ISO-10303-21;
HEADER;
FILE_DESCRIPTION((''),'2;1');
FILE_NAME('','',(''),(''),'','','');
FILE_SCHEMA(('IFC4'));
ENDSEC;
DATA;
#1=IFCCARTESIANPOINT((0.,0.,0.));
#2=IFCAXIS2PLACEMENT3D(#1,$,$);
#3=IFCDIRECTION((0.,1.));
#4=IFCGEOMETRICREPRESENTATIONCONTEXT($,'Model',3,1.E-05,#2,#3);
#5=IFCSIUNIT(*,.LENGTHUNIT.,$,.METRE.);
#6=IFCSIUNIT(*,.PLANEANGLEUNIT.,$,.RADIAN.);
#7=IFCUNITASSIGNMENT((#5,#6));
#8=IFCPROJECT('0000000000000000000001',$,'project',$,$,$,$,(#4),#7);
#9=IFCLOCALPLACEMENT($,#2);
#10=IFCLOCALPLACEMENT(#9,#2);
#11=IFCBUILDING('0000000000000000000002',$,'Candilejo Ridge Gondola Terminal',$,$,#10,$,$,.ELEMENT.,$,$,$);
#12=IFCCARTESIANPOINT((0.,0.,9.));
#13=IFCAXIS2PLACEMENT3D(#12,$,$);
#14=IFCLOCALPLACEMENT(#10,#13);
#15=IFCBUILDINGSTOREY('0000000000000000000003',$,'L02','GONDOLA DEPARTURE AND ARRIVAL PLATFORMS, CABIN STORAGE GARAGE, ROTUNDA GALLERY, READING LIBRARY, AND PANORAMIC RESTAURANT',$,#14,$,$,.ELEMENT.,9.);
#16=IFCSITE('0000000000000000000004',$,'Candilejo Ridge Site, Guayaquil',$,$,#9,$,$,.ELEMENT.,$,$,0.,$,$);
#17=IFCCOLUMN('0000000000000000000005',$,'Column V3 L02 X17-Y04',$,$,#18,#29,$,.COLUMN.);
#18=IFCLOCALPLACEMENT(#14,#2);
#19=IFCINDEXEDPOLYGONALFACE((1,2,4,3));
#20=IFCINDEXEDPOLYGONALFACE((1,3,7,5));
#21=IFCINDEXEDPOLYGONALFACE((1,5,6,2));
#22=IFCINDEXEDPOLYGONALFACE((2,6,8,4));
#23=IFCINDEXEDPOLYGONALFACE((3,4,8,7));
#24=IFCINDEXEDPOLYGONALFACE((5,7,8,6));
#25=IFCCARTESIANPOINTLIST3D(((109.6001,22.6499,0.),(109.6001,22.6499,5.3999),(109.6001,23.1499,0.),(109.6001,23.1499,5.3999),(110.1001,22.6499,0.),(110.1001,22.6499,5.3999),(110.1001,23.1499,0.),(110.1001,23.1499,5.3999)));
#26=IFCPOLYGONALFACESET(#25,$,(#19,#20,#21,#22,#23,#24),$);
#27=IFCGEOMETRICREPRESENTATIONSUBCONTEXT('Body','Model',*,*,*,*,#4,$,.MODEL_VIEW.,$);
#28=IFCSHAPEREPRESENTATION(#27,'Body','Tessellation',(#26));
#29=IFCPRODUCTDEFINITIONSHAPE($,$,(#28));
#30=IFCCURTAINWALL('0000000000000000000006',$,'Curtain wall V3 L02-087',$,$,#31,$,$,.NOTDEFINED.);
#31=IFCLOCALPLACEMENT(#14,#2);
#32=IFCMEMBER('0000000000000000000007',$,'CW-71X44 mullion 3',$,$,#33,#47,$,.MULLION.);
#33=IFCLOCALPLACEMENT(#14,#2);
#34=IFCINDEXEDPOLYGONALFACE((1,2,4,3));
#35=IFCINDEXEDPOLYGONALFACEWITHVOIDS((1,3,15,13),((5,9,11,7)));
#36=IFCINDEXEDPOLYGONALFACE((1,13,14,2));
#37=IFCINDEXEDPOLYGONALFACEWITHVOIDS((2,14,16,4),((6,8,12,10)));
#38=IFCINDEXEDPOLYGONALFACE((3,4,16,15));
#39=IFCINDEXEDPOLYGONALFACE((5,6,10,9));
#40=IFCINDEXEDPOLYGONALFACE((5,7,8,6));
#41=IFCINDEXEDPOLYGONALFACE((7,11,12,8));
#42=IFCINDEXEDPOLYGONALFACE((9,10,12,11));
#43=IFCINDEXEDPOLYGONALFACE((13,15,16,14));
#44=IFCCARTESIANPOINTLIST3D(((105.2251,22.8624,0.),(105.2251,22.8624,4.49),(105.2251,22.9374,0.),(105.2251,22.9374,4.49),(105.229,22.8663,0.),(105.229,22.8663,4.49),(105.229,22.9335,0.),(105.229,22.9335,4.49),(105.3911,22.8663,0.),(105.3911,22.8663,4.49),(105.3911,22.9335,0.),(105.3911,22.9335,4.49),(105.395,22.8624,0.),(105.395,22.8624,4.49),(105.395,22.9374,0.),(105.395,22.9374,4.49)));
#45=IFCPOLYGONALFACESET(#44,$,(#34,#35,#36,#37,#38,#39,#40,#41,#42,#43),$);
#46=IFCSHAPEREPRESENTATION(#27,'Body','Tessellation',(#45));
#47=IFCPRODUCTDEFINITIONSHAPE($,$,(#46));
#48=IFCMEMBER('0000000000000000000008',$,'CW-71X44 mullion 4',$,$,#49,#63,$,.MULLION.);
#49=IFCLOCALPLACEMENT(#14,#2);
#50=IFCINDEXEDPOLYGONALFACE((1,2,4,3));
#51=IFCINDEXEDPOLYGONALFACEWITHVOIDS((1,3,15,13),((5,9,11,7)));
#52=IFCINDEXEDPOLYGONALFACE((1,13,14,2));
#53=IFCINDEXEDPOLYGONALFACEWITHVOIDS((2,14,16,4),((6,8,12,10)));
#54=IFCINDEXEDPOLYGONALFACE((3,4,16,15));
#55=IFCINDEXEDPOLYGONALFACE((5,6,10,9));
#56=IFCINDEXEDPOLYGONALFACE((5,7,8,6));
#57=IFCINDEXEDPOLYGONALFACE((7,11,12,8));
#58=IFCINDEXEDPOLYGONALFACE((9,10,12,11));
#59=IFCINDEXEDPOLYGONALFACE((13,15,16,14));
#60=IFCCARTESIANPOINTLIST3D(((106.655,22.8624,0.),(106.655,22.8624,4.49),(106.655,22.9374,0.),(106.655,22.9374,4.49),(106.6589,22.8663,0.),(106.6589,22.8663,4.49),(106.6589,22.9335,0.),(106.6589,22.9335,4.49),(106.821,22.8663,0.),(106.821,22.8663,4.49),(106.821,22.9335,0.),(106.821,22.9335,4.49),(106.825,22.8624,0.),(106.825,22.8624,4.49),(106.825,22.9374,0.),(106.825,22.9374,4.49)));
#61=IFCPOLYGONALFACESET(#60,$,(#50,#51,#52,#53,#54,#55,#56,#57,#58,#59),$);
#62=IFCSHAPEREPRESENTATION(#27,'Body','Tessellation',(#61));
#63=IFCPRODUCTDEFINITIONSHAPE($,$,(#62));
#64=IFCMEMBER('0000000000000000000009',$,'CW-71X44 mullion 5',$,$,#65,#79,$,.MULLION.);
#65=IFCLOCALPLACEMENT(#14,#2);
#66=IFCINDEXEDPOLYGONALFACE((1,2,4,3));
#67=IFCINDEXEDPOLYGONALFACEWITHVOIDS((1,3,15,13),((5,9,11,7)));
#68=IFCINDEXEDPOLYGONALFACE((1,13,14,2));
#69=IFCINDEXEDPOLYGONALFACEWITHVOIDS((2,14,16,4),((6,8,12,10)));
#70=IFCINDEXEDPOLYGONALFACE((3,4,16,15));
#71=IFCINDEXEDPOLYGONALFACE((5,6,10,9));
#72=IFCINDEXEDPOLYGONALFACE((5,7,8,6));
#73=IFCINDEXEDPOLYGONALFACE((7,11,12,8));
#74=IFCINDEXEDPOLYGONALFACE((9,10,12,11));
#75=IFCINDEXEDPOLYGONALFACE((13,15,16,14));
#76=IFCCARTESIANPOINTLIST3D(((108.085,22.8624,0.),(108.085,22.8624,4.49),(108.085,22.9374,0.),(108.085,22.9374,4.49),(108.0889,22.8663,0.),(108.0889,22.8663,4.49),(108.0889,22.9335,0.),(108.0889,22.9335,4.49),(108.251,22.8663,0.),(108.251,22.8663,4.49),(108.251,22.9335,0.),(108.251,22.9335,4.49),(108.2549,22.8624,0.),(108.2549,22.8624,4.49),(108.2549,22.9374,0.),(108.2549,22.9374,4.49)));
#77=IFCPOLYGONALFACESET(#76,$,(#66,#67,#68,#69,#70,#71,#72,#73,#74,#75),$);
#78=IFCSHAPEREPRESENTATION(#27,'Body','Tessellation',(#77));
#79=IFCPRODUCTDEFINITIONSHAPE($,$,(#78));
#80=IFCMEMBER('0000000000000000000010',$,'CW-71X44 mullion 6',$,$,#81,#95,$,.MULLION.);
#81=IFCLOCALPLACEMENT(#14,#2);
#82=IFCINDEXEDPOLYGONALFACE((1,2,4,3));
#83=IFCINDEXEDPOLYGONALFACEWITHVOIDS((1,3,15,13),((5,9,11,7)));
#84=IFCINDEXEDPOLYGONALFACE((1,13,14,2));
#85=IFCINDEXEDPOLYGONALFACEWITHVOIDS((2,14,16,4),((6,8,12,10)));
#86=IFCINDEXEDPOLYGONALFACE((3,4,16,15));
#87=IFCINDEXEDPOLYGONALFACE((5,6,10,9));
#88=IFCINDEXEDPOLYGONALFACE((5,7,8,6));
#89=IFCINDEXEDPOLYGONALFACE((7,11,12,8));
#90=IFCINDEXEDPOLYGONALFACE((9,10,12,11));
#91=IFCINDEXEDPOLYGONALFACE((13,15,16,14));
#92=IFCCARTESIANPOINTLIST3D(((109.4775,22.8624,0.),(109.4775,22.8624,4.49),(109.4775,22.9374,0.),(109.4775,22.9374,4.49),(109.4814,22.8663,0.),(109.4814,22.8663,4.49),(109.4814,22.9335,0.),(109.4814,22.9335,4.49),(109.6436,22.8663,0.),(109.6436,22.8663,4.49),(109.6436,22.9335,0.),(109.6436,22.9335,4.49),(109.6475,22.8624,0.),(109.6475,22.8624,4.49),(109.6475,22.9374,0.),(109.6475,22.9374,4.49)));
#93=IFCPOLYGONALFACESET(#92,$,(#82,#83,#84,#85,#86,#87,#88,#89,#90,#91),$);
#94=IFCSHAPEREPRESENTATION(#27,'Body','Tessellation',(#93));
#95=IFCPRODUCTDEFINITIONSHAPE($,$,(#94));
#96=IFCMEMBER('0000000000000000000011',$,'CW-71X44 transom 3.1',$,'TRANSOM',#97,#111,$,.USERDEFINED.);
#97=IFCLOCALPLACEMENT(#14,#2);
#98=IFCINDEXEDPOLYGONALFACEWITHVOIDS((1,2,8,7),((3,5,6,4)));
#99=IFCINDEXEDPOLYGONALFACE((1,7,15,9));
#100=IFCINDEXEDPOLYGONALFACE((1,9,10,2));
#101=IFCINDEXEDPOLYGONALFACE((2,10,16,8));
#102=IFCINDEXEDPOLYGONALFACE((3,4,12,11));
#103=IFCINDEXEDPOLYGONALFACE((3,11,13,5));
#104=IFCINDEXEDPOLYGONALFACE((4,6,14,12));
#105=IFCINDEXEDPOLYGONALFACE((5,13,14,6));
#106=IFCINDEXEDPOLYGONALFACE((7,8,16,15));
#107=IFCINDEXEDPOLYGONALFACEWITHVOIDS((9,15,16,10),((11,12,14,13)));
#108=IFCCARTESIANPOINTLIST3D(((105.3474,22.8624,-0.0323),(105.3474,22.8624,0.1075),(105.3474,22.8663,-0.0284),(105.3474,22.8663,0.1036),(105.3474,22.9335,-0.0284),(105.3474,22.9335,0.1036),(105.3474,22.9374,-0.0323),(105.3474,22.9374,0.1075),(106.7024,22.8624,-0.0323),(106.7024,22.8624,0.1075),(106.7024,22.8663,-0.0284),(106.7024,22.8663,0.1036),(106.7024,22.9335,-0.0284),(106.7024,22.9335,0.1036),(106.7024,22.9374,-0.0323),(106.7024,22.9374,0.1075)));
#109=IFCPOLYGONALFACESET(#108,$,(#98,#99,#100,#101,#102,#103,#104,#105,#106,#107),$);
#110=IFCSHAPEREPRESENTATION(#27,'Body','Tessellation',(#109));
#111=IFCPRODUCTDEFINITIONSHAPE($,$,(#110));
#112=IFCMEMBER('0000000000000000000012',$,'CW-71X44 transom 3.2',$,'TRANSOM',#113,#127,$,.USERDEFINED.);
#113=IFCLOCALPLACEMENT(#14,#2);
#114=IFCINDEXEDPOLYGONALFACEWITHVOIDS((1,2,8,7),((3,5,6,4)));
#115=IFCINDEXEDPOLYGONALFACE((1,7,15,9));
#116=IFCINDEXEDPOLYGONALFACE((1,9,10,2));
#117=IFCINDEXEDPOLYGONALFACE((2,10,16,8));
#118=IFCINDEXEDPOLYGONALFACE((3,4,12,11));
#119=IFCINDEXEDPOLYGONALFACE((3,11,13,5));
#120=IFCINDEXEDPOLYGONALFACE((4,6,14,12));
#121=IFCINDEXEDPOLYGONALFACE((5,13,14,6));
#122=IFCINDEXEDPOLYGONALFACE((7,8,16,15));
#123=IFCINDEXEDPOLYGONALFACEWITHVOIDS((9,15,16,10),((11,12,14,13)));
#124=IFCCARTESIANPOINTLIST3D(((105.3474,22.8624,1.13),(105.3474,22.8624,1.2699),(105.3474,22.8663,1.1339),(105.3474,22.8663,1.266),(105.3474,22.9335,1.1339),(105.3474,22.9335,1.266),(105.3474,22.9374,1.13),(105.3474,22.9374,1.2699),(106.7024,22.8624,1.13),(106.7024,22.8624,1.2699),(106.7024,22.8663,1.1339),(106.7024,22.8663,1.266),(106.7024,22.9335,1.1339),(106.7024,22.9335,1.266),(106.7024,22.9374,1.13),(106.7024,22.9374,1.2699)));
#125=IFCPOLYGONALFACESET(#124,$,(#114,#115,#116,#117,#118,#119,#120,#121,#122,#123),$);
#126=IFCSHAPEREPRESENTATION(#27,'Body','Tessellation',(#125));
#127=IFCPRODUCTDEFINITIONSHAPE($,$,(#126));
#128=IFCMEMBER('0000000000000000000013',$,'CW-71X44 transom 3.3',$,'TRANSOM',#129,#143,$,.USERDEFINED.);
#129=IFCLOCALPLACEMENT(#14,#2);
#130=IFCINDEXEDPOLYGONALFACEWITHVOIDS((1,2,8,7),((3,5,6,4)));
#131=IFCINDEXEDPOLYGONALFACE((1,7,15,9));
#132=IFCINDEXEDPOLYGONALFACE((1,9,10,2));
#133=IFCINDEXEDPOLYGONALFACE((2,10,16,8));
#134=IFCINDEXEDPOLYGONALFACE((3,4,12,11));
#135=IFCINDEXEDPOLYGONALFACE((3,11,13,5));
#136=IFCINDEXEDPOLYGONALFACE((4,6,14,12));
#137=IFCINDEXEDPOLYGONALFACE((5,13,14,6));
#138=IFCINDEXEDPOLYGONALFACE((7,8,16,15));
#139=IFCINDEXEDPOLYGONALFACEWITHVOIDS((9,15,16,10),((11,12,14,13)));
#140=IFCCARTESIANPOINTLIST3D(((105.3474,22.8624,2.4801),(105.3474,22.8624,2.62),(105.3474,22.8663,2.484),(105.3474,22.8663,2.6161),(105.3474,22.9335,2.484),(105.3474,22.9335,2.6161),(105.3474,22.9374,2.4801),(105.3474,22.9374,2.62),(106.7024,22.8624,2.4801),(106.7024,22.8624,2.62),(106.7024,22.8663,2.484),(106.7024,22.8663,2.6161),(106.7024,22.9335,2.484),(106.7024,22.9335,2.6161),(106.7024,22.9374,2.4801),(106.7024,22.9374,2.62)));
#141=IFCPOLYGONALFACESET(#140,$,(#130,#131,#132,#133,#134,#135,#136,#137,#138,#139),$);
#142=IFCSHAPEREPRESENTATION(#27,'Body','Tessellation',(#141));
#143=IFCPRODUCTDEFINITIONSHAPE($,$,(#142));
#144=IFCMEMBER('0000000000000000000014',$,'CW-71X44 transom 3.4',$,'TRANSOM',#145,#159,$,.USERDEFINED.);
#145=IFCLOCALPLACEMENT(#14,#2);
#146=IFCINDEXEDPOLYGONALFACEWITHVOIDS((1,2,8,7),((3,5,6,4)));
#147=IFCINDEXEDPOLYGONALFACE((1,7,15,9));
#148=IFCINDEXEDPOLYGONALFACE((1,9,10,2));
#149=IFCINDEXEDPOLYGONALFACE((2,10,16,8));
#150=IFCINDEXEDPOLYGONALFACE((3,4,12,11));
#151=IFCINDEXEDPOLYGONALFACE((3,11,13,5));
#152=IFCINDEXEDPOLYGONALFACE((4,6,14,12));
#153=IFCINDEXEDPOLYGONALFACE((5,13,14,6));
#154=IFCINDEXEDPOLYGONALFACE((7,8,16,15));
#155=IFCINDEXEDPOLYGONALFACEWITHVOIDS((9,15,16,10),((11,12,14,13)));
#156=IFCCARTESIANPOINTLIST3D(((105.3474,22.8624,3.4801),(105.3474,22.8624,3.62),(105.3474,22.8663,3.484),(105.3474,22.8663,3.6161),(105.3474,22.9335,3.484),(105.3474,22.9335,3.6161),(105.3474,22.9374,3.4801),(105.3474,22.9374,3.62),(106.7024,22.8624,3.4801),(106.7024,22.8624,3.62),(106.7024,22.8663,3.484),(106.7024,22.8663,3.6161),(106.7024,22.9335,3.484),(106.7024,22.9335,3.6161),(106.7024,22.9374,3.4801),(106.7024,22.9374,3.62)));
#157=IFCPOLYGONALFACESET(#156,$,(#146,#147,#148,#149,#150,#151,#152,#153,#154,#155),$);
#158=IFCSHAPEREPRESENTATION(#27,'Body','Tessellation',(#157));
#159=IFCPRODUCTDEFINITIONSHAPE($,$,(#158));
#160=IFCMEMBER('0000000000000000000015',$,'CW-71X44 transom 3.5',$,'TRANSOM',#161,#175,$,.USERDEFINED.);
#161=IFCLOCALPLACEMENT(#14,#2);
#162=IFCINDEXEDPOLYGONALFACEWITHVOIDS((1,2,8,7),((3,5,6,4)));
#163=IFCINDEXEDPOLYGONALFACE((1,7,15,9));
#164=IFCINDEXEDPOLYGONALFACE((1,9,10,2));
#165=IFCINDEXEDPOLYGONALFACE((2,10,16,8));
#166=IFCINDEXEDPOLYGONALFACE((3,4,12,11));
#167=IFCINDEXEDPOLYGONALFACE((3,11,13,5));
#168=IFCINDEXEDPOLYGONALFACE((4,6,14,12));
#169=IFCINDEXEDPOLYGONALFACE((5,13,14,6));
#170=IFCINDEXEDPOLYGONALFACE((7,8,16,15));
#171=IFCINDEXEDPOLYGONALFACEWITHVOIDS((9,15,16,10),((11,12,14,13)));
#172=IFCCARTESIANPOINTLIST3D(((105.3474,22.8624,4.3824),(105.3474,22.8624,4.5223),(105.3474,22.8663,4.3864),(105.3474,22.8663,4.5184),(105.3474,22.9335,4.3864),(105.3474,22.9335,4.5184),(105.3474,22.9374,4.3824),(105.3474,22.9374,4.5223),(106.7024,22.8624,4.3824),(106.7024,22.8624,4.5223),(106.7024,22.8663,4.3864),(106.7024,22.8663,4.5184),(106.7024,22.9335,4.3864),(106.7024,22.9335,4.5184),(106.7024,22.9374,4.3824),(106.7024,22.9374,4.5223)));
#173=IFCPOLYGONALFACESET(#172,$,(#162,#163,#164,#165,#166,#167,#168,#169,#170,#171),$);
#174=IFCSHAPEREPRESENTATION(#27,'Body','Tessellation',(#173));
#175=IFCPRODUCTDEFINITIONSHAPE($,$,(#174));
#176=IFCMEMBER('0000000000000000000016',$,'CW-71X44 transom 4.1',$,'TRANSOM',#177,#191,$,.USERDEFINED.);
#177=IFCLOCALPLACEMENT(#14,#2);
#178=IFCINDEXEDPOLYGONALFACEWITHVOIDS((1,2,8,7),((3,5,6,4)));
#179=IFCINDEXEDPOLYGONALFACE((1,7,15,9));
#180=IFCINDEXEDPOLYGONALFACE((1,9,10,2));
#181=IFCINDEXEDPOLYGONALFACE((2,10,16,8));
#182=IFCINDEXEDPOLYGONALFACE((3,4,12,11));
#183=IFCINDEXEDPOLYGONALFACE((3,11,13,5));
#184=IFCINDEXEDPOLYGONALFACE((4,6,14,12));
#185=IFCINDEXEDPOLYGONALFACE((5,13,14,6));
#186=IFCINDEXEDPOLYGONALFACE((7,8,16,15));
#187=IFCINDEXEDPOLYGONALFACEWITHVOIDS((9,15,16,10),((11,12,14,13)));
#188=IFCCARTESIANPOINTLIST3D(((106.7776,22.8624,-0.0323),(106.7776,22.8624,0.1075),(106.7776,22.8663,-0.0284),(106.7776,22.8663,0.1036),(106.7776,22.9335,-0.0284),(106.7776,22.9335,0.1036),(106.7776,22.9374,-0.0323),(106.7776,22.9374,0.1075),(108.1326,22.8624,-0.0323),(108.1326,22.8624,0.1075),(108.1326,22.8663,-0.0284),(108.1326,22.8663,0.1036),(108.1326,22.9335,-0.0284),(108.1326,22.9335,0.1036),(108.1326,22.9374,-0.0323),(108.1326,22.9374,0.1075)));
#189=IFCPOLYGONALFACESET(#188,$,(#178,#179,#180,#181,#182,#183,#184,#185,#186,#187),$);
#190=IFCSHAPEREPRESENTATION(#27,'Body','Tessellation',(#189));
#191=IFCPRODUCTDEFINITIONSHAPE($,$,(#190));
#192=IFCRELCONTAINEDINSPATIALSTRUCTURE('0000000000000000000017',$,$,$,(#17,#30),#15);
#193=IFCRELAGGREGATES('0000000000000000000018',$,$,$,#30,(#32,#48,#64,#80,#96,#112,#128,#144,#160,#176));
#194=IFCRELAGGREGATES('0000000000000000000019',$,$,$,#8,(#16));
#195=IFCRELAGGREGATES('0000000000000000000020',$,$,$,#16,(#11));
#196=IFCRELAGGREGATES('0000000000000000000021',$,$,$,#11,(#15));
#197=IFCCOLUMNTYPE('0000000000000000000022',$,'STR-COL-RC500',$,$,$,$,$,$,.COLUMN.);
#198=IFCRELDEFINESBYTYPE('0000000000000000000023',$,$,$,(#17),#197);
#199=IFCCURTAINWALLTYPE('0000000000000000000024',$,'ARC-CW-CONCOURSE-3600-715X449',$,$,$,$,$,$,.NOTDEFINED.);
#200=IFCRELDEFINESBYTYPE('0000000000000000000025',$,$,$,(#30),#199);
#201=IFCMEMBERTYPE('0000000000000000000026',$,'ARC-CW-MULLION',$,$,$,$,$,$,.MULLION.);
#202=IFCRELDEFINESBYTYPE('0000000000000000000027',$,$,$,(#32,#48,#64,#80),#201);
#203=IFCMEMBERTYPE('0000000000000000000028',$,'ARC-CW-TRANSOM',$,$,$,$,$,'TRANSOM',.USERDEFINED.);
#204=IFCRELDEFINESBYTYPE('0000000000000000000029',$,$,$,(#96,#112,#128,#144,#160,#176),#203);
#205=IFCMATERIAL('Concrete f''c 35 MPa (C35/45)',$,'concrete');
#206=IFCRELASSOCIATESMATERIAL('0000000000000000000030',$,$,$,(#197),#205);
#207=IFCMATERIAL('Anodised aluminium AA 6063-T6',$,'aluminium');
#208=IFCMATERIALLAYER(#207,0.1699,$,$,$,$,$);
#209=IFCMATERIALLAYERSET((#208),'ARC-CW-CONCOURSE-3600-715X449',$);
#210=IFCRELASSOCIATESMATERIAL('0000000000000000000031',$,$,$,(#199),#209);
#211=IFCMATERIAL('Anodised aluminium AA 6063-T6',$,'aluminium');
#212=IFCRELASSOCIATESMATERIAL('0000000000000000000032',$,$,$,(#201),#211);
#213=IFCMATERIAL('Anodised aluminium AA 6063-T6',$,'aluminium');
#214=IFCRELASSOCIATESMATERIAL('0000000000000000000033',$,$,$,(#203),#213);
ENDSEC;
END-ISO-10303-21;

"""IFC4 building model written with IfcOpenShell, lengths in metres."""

from ifc_helpers import new_model, si_unit, direction, frame, origin, origin_2d, place, context, subcontext, project, spatial, rectangle, hollow_rectangle, extrude, material, layer, layer_set, material_profile, profile_set, type_object, element, aggregate, save


model = new_model("IFC4")

# Units and contexts
model_context = context("Model", 3, precision=1e-05, world=origin(), true_north=direction((0.0, 1.0)))
body_context = subcontext(model_context, "Body", "Model", "MODEL_VIEW")
ifc_project = project(units=[si_unit("LENGTHUNIT", "METRE"), si_unit("PLANEANGLEUNIT", "RADIAN")], contexts=[model_context])

# Site, building, storey
site_placement = place(None, origin())
site = spatial("IfcSite", under=ifc_project, at=site_placement, Name="Candilejo Ridge Site, Guayaquil", CompositionType="ELEMENT", RefElevation=0.0)
building_placement = place(site_placement, origin())
building = spatial("IfcBuilding", under=site, at=building_placement, Name="Candilejo Ridge Gondola Terminal", CompositionType="ELEMENT")
storey_placement = place(building_placement, frame((0.0, 0.0, 9.0)))
storey = spatial("IfcBuildingStorey", under=building, at=storey_placement, Name="L02", Description="GONDOLA DEPARTURE AND ARRIVAL PLATFORMS, CABIN STORAGE GARAGE, ROTUNDA GALLERY, READING LIBRARY, AND PANORAMIC RESTAURANT", CompositionType="ELEMENT", Elevation=9.0)

# Column
ifc_material_1 = material(Name="Concrete f'c 35 MPa (C35/45)", Category="concrete")
ifc_material_profile_1 = material_profile(ifc_material_1, rectangle(XDim=0.5, YDim=0.5, at=origin_2d()))
ifc_profile_set_1 = profile_set([ifc_material_profile_1], Name="Concrete f'c 35 MPa (C35/45)")
column_type = type_object("IfcColumnType", Name="STR-COL-RC500", PredefinedType="COLUMN", material=ifc_profile_set_1)
column_placement = place(storey_placement, frame((109.8501, 22.8999, 0.0), z_axis=(0.0, 0.0, 1.0), x_axis=(1.0, 0.0, 0.0)))
element("IfcColumn", 1, at=column_placement, inside=storey, type_object=column_type, Name="Column V3 L02 X17-Y04", PredefinedType="COLUMN", context=body_context, shape_type="SweptSolid", body=[
    extrude(rectangle(XDim=0.5, YDim=0.5, at=origin_2d()), origin(), (0.0, 0.0, 1.0), 5.3999),
])

# Curtain wall, members
ifc_material_2 = material(Name="Anodised aluminium AA 6063-T6", Category="aluminium")
ifc_layer_1 = layer(ifc_material_2, 0.1699)
ifc_layer_set_1 = layer_set([ifc_layer_1], Name="ARC-CW-CONCOURSE-3600-715X449")
curtain_wall_type = type_object("IfcCurtainWallType", Name="ARC-CW-CONCOURSE-3600-715X449", PredefinedType="NOTDEFINED", material=ifc_layer_set_1)
curtain_wall_placement = place(storey_placement, origin())
curtain_wall = element("IfcCurtainWall", 2, at=curtain_wall_placement, inside=storey, type_object=curtain_wall_type, Name="Curtain wall V3 L02-087", PredefinedType="NOTDEFINED")
ifc_material_3 = material(Name="Anodised aluminium AA 6063-T6", Category="aluminium")
ifc_material_profile_2 = material_profile(ifc_material_3, hollow_rectangle(XDim=0.075, YDim=0.1699, WallThickness=0.0039, at=origin_2d()))
ifc_profile_set_2 = profile_set([ifc_material_profile_2], Name="Anodised aluminium AA 6063-T6")
member_type_1 = type_object("IfcMemberType", Name="ARC-CW-MULLION", PredefinedType="MULLION", material=ifc_profile_set_2)
member_1_placement = place(storey_placement, frame((105.3101, 22.8999, 0.0), z_axis=(0.0, 0.0, 1.0), x_axis=(0.0, 1.0, 0.0)))
member_1 = element("IfcMember", 3, at=member_1_placement, type_object=member_type_1, Name="CW-71X44 mullion 3", PredefinedType="MULLION", context=body_context, shape_type="SweptSolid", body=[
    extrude(hollow_rectangle(XDim=0.075, YDim=0.1699, WallThickness=0.0039, at=origin_2d()), origin(), (0.0, 0.0, 1.0), 4.49),
])
member_2_placement = place(storey_placement, frame((106.74, 22.8999, 0.0), z_axis=(0.0, 0.0, 1.0), x_axis=(0.0, 1.0, 0.0)))
member_2 = element("IfcMember", 4, at=member_2_placement, type_object=member_type_1, Name="CW-71X44 mullion 4", PredefinedType="MULLION", context=body_context, shape_type="SweptSolid", body=[
    extrude(hollow_rectangle(XDim=0.075, YDim=0.1699, WallThickness=0.0039, at=origin_2d()), origin(), (0.0, 0.0, 1.0), 4.49),
])
member_3_placement = place(storey_placement, frame((108.1699, 22.8999, 0.0), z_axis=(0.0, 0.0, 1.0), x_axis=(0.0, 1.0, 0.0)))
member_3 = element("IfcMember", 5, at=member_3_placement, type_object=member_type_1, Name="CW-71X44 mullion 5", PredefinedType="MULLION", context=body_context, shape_type="SweptSolid", body=[
    extrude(hollow_rectangle(XDim=0.075, YDim=0.1699, WallThickness=0.0039, at=origin_2d()), origin(), (0.0, 0.0, 1.0), 4.49),
])
member_4_placement = place(storey_placement, frame((109.5625, 22.8999, 0.0), z_axis=(0.0, 0.0, 1.0), x_axis=(0.0, 1.0, 0.0)))
member_4 = element("IfcMember", 6, at=member_4_placement, type_object=member_type_1, Name="CW-71X44 mullion 6", PredefinedType="MULLION", context=body_context, shape_type="SweptSolid", body=[
    extrude(hollow_rectangle(XDim=0.075, YDim=0.1699, WallThickness=0.0039, at=origin_2d()), origin(), (0.0, 0.0, 1.0), 4.49),
])
ifc_material_4 = material(Name="Anodised aluminium AA 6063-T6", Category="aluminium")
ifc_material_profile_3 = material_profile(ifc_material_4, hollow_rectangle(XDim=0.075, YDim=0.1399, WallThickness=0.0039, at=origin_2d()))
ifc_profile_set_3 = profile_set([ifc_material_profile_3], Name="Anodised aluminium AA 6063-T6")
member_type_2 = type_object("IfcMemberType", Name="ARC-CW-TRANSOM", ElementType="TRANSOM", PredefinedType="USERDEFINED", material=ifc_profile_set_3)
member_5_placement = place(storey_placement, frame((105.3474, 22.8999, 0.0376), z_axis=(1.0, 0.0, 0.0), x_axis=(0.0, 1.0, 0.0)))
member_5 = element("IfcMember", 7, at=member_5_placement, type_object=member_type_2, Name="CW-71X44 transom 3.1", ObjectType="TRANSOM", PredefinedType="USERDEFINED", context=body_context, shape_type="SweptSolid", body=[
    extrude(hollow_rectangle(XDim=0.075, YDim=0.1399, WallThickness=0.0039, at=origin_2d()), origin(), (0.0, 0.0, 1.0), 1.355),
])
member_6_placement = place(storey_placement, frame((105.3474, 22.8999, 1.2), z_axis=(1.0, 0.0, 0.0), x_axis=(0.0, 1.0, 0.0)))
member_6 = element("IfcMember", 8, at=member_6_placement, type_object=member_type_2, Name="CW-71X44 transom 3.2", ObjectType="TRANSOM", PredefinedType="USERDEFINED", context=body_context, shape_type="SweptSolid", body=[
    extrude(hollow_rectangle(XDim=0.075, YDim=0.1399, WallThickness=0.0039, at=origin_2d()), origin(), (0.0, 0.0, 1.0), 1.355),
])
member_7_placement = place(storey_placement, frame((105.3474, 22.8999, 2.55), z_axis=(1.0, 0.0, 0.0), x_axis=(0.0, 1.0, 0.0)))
member_7 = element("IfcMember", 9, at=member_7_placement, type_object=member_type_2, Name="CW-71X44 transom 3.3", ObjectType="TRANSOM", PredefinedType="USERDEFINED", context=body_context, shape_type="SweptSolid", body=[
    extrude(hollow_rectangle(XDim=0.075, YDim=0.1399, WallThickness=0.0039, at=origin_2d()), origin(), (0.0, 0.0, 1.0), 1.355),
])
member_8_placement = place(storey_placement, frame((105.3474, 22.8999, 3.55), z_axis=(1.0, 0.0, 0.0), x_axis=(0.0, 1.0, 0.0)))
member_8 = element("IfcMember", 10, at=member_8_placement, type_object=member_type_2, Name="CW-71X44 transom 3.4", ObjectType="TRANSOM", PredefinedType="USERDEFINED", context=body_context, shape_type="SweptSolid", body=[
    extrude(hollow_rectangle(XDim=0.075, YDim=0.1399, WallThickness=0.0039, at=origin_2d()), origin(), (0.0, 0.0, 1.0), 1.355),
])
member_9_placement = place(storey_placement, frame((105.3474, 22.8999, 4.4524), z_axis=(1.0, 0.0, 0.0), x_axis=(0.0, 1.0, 0.0)))
member_9 = element("IfcMember", 11, at=member_9_placement, type_object=member_type_2, Name="CW-71X44 transom 3.5", ObjectType="TRANSOM", PredefinedType="USERDEFINED", context=body_context, shape_type="SweptSolid", body=[
    extrude(hollow_rectangle(XDim=0.075, YDim=0.1399, WallThickness=0.0039, at=origin_2d()), origin(), (0.0, 0.0, 1.0), 1.355),
])
member_10_placement = place(storey_placement, frame((106.7776, 22.8999, 0.0376), z_axis=(1.0, 0.0, 0.0), x_axis=(0.0, 1.0, 0.0)))
member_10 = element("IfcMember", 12, at=member_10_placement, type_object=member_type_2, Name="CW-71X44 transom 4.1", ObjectType="TRANSOM", PredefinedType="USERDEFINED", context=body_context, shape_type="SweptSolid", body=[
    extrude(hollow_rectangle(XDim=0.075, YDim=0.1399, WallThickness=0.0039, at=origin_2d()), origin(), (0.0, 0.0, 1.0), 1.355),
])
aggregate(curtain_wall, [member_1, member_2, member_3, member_4, member_5, member_6, member_7, member_8, member_9, member_10])

save(model, "model.ifc")
